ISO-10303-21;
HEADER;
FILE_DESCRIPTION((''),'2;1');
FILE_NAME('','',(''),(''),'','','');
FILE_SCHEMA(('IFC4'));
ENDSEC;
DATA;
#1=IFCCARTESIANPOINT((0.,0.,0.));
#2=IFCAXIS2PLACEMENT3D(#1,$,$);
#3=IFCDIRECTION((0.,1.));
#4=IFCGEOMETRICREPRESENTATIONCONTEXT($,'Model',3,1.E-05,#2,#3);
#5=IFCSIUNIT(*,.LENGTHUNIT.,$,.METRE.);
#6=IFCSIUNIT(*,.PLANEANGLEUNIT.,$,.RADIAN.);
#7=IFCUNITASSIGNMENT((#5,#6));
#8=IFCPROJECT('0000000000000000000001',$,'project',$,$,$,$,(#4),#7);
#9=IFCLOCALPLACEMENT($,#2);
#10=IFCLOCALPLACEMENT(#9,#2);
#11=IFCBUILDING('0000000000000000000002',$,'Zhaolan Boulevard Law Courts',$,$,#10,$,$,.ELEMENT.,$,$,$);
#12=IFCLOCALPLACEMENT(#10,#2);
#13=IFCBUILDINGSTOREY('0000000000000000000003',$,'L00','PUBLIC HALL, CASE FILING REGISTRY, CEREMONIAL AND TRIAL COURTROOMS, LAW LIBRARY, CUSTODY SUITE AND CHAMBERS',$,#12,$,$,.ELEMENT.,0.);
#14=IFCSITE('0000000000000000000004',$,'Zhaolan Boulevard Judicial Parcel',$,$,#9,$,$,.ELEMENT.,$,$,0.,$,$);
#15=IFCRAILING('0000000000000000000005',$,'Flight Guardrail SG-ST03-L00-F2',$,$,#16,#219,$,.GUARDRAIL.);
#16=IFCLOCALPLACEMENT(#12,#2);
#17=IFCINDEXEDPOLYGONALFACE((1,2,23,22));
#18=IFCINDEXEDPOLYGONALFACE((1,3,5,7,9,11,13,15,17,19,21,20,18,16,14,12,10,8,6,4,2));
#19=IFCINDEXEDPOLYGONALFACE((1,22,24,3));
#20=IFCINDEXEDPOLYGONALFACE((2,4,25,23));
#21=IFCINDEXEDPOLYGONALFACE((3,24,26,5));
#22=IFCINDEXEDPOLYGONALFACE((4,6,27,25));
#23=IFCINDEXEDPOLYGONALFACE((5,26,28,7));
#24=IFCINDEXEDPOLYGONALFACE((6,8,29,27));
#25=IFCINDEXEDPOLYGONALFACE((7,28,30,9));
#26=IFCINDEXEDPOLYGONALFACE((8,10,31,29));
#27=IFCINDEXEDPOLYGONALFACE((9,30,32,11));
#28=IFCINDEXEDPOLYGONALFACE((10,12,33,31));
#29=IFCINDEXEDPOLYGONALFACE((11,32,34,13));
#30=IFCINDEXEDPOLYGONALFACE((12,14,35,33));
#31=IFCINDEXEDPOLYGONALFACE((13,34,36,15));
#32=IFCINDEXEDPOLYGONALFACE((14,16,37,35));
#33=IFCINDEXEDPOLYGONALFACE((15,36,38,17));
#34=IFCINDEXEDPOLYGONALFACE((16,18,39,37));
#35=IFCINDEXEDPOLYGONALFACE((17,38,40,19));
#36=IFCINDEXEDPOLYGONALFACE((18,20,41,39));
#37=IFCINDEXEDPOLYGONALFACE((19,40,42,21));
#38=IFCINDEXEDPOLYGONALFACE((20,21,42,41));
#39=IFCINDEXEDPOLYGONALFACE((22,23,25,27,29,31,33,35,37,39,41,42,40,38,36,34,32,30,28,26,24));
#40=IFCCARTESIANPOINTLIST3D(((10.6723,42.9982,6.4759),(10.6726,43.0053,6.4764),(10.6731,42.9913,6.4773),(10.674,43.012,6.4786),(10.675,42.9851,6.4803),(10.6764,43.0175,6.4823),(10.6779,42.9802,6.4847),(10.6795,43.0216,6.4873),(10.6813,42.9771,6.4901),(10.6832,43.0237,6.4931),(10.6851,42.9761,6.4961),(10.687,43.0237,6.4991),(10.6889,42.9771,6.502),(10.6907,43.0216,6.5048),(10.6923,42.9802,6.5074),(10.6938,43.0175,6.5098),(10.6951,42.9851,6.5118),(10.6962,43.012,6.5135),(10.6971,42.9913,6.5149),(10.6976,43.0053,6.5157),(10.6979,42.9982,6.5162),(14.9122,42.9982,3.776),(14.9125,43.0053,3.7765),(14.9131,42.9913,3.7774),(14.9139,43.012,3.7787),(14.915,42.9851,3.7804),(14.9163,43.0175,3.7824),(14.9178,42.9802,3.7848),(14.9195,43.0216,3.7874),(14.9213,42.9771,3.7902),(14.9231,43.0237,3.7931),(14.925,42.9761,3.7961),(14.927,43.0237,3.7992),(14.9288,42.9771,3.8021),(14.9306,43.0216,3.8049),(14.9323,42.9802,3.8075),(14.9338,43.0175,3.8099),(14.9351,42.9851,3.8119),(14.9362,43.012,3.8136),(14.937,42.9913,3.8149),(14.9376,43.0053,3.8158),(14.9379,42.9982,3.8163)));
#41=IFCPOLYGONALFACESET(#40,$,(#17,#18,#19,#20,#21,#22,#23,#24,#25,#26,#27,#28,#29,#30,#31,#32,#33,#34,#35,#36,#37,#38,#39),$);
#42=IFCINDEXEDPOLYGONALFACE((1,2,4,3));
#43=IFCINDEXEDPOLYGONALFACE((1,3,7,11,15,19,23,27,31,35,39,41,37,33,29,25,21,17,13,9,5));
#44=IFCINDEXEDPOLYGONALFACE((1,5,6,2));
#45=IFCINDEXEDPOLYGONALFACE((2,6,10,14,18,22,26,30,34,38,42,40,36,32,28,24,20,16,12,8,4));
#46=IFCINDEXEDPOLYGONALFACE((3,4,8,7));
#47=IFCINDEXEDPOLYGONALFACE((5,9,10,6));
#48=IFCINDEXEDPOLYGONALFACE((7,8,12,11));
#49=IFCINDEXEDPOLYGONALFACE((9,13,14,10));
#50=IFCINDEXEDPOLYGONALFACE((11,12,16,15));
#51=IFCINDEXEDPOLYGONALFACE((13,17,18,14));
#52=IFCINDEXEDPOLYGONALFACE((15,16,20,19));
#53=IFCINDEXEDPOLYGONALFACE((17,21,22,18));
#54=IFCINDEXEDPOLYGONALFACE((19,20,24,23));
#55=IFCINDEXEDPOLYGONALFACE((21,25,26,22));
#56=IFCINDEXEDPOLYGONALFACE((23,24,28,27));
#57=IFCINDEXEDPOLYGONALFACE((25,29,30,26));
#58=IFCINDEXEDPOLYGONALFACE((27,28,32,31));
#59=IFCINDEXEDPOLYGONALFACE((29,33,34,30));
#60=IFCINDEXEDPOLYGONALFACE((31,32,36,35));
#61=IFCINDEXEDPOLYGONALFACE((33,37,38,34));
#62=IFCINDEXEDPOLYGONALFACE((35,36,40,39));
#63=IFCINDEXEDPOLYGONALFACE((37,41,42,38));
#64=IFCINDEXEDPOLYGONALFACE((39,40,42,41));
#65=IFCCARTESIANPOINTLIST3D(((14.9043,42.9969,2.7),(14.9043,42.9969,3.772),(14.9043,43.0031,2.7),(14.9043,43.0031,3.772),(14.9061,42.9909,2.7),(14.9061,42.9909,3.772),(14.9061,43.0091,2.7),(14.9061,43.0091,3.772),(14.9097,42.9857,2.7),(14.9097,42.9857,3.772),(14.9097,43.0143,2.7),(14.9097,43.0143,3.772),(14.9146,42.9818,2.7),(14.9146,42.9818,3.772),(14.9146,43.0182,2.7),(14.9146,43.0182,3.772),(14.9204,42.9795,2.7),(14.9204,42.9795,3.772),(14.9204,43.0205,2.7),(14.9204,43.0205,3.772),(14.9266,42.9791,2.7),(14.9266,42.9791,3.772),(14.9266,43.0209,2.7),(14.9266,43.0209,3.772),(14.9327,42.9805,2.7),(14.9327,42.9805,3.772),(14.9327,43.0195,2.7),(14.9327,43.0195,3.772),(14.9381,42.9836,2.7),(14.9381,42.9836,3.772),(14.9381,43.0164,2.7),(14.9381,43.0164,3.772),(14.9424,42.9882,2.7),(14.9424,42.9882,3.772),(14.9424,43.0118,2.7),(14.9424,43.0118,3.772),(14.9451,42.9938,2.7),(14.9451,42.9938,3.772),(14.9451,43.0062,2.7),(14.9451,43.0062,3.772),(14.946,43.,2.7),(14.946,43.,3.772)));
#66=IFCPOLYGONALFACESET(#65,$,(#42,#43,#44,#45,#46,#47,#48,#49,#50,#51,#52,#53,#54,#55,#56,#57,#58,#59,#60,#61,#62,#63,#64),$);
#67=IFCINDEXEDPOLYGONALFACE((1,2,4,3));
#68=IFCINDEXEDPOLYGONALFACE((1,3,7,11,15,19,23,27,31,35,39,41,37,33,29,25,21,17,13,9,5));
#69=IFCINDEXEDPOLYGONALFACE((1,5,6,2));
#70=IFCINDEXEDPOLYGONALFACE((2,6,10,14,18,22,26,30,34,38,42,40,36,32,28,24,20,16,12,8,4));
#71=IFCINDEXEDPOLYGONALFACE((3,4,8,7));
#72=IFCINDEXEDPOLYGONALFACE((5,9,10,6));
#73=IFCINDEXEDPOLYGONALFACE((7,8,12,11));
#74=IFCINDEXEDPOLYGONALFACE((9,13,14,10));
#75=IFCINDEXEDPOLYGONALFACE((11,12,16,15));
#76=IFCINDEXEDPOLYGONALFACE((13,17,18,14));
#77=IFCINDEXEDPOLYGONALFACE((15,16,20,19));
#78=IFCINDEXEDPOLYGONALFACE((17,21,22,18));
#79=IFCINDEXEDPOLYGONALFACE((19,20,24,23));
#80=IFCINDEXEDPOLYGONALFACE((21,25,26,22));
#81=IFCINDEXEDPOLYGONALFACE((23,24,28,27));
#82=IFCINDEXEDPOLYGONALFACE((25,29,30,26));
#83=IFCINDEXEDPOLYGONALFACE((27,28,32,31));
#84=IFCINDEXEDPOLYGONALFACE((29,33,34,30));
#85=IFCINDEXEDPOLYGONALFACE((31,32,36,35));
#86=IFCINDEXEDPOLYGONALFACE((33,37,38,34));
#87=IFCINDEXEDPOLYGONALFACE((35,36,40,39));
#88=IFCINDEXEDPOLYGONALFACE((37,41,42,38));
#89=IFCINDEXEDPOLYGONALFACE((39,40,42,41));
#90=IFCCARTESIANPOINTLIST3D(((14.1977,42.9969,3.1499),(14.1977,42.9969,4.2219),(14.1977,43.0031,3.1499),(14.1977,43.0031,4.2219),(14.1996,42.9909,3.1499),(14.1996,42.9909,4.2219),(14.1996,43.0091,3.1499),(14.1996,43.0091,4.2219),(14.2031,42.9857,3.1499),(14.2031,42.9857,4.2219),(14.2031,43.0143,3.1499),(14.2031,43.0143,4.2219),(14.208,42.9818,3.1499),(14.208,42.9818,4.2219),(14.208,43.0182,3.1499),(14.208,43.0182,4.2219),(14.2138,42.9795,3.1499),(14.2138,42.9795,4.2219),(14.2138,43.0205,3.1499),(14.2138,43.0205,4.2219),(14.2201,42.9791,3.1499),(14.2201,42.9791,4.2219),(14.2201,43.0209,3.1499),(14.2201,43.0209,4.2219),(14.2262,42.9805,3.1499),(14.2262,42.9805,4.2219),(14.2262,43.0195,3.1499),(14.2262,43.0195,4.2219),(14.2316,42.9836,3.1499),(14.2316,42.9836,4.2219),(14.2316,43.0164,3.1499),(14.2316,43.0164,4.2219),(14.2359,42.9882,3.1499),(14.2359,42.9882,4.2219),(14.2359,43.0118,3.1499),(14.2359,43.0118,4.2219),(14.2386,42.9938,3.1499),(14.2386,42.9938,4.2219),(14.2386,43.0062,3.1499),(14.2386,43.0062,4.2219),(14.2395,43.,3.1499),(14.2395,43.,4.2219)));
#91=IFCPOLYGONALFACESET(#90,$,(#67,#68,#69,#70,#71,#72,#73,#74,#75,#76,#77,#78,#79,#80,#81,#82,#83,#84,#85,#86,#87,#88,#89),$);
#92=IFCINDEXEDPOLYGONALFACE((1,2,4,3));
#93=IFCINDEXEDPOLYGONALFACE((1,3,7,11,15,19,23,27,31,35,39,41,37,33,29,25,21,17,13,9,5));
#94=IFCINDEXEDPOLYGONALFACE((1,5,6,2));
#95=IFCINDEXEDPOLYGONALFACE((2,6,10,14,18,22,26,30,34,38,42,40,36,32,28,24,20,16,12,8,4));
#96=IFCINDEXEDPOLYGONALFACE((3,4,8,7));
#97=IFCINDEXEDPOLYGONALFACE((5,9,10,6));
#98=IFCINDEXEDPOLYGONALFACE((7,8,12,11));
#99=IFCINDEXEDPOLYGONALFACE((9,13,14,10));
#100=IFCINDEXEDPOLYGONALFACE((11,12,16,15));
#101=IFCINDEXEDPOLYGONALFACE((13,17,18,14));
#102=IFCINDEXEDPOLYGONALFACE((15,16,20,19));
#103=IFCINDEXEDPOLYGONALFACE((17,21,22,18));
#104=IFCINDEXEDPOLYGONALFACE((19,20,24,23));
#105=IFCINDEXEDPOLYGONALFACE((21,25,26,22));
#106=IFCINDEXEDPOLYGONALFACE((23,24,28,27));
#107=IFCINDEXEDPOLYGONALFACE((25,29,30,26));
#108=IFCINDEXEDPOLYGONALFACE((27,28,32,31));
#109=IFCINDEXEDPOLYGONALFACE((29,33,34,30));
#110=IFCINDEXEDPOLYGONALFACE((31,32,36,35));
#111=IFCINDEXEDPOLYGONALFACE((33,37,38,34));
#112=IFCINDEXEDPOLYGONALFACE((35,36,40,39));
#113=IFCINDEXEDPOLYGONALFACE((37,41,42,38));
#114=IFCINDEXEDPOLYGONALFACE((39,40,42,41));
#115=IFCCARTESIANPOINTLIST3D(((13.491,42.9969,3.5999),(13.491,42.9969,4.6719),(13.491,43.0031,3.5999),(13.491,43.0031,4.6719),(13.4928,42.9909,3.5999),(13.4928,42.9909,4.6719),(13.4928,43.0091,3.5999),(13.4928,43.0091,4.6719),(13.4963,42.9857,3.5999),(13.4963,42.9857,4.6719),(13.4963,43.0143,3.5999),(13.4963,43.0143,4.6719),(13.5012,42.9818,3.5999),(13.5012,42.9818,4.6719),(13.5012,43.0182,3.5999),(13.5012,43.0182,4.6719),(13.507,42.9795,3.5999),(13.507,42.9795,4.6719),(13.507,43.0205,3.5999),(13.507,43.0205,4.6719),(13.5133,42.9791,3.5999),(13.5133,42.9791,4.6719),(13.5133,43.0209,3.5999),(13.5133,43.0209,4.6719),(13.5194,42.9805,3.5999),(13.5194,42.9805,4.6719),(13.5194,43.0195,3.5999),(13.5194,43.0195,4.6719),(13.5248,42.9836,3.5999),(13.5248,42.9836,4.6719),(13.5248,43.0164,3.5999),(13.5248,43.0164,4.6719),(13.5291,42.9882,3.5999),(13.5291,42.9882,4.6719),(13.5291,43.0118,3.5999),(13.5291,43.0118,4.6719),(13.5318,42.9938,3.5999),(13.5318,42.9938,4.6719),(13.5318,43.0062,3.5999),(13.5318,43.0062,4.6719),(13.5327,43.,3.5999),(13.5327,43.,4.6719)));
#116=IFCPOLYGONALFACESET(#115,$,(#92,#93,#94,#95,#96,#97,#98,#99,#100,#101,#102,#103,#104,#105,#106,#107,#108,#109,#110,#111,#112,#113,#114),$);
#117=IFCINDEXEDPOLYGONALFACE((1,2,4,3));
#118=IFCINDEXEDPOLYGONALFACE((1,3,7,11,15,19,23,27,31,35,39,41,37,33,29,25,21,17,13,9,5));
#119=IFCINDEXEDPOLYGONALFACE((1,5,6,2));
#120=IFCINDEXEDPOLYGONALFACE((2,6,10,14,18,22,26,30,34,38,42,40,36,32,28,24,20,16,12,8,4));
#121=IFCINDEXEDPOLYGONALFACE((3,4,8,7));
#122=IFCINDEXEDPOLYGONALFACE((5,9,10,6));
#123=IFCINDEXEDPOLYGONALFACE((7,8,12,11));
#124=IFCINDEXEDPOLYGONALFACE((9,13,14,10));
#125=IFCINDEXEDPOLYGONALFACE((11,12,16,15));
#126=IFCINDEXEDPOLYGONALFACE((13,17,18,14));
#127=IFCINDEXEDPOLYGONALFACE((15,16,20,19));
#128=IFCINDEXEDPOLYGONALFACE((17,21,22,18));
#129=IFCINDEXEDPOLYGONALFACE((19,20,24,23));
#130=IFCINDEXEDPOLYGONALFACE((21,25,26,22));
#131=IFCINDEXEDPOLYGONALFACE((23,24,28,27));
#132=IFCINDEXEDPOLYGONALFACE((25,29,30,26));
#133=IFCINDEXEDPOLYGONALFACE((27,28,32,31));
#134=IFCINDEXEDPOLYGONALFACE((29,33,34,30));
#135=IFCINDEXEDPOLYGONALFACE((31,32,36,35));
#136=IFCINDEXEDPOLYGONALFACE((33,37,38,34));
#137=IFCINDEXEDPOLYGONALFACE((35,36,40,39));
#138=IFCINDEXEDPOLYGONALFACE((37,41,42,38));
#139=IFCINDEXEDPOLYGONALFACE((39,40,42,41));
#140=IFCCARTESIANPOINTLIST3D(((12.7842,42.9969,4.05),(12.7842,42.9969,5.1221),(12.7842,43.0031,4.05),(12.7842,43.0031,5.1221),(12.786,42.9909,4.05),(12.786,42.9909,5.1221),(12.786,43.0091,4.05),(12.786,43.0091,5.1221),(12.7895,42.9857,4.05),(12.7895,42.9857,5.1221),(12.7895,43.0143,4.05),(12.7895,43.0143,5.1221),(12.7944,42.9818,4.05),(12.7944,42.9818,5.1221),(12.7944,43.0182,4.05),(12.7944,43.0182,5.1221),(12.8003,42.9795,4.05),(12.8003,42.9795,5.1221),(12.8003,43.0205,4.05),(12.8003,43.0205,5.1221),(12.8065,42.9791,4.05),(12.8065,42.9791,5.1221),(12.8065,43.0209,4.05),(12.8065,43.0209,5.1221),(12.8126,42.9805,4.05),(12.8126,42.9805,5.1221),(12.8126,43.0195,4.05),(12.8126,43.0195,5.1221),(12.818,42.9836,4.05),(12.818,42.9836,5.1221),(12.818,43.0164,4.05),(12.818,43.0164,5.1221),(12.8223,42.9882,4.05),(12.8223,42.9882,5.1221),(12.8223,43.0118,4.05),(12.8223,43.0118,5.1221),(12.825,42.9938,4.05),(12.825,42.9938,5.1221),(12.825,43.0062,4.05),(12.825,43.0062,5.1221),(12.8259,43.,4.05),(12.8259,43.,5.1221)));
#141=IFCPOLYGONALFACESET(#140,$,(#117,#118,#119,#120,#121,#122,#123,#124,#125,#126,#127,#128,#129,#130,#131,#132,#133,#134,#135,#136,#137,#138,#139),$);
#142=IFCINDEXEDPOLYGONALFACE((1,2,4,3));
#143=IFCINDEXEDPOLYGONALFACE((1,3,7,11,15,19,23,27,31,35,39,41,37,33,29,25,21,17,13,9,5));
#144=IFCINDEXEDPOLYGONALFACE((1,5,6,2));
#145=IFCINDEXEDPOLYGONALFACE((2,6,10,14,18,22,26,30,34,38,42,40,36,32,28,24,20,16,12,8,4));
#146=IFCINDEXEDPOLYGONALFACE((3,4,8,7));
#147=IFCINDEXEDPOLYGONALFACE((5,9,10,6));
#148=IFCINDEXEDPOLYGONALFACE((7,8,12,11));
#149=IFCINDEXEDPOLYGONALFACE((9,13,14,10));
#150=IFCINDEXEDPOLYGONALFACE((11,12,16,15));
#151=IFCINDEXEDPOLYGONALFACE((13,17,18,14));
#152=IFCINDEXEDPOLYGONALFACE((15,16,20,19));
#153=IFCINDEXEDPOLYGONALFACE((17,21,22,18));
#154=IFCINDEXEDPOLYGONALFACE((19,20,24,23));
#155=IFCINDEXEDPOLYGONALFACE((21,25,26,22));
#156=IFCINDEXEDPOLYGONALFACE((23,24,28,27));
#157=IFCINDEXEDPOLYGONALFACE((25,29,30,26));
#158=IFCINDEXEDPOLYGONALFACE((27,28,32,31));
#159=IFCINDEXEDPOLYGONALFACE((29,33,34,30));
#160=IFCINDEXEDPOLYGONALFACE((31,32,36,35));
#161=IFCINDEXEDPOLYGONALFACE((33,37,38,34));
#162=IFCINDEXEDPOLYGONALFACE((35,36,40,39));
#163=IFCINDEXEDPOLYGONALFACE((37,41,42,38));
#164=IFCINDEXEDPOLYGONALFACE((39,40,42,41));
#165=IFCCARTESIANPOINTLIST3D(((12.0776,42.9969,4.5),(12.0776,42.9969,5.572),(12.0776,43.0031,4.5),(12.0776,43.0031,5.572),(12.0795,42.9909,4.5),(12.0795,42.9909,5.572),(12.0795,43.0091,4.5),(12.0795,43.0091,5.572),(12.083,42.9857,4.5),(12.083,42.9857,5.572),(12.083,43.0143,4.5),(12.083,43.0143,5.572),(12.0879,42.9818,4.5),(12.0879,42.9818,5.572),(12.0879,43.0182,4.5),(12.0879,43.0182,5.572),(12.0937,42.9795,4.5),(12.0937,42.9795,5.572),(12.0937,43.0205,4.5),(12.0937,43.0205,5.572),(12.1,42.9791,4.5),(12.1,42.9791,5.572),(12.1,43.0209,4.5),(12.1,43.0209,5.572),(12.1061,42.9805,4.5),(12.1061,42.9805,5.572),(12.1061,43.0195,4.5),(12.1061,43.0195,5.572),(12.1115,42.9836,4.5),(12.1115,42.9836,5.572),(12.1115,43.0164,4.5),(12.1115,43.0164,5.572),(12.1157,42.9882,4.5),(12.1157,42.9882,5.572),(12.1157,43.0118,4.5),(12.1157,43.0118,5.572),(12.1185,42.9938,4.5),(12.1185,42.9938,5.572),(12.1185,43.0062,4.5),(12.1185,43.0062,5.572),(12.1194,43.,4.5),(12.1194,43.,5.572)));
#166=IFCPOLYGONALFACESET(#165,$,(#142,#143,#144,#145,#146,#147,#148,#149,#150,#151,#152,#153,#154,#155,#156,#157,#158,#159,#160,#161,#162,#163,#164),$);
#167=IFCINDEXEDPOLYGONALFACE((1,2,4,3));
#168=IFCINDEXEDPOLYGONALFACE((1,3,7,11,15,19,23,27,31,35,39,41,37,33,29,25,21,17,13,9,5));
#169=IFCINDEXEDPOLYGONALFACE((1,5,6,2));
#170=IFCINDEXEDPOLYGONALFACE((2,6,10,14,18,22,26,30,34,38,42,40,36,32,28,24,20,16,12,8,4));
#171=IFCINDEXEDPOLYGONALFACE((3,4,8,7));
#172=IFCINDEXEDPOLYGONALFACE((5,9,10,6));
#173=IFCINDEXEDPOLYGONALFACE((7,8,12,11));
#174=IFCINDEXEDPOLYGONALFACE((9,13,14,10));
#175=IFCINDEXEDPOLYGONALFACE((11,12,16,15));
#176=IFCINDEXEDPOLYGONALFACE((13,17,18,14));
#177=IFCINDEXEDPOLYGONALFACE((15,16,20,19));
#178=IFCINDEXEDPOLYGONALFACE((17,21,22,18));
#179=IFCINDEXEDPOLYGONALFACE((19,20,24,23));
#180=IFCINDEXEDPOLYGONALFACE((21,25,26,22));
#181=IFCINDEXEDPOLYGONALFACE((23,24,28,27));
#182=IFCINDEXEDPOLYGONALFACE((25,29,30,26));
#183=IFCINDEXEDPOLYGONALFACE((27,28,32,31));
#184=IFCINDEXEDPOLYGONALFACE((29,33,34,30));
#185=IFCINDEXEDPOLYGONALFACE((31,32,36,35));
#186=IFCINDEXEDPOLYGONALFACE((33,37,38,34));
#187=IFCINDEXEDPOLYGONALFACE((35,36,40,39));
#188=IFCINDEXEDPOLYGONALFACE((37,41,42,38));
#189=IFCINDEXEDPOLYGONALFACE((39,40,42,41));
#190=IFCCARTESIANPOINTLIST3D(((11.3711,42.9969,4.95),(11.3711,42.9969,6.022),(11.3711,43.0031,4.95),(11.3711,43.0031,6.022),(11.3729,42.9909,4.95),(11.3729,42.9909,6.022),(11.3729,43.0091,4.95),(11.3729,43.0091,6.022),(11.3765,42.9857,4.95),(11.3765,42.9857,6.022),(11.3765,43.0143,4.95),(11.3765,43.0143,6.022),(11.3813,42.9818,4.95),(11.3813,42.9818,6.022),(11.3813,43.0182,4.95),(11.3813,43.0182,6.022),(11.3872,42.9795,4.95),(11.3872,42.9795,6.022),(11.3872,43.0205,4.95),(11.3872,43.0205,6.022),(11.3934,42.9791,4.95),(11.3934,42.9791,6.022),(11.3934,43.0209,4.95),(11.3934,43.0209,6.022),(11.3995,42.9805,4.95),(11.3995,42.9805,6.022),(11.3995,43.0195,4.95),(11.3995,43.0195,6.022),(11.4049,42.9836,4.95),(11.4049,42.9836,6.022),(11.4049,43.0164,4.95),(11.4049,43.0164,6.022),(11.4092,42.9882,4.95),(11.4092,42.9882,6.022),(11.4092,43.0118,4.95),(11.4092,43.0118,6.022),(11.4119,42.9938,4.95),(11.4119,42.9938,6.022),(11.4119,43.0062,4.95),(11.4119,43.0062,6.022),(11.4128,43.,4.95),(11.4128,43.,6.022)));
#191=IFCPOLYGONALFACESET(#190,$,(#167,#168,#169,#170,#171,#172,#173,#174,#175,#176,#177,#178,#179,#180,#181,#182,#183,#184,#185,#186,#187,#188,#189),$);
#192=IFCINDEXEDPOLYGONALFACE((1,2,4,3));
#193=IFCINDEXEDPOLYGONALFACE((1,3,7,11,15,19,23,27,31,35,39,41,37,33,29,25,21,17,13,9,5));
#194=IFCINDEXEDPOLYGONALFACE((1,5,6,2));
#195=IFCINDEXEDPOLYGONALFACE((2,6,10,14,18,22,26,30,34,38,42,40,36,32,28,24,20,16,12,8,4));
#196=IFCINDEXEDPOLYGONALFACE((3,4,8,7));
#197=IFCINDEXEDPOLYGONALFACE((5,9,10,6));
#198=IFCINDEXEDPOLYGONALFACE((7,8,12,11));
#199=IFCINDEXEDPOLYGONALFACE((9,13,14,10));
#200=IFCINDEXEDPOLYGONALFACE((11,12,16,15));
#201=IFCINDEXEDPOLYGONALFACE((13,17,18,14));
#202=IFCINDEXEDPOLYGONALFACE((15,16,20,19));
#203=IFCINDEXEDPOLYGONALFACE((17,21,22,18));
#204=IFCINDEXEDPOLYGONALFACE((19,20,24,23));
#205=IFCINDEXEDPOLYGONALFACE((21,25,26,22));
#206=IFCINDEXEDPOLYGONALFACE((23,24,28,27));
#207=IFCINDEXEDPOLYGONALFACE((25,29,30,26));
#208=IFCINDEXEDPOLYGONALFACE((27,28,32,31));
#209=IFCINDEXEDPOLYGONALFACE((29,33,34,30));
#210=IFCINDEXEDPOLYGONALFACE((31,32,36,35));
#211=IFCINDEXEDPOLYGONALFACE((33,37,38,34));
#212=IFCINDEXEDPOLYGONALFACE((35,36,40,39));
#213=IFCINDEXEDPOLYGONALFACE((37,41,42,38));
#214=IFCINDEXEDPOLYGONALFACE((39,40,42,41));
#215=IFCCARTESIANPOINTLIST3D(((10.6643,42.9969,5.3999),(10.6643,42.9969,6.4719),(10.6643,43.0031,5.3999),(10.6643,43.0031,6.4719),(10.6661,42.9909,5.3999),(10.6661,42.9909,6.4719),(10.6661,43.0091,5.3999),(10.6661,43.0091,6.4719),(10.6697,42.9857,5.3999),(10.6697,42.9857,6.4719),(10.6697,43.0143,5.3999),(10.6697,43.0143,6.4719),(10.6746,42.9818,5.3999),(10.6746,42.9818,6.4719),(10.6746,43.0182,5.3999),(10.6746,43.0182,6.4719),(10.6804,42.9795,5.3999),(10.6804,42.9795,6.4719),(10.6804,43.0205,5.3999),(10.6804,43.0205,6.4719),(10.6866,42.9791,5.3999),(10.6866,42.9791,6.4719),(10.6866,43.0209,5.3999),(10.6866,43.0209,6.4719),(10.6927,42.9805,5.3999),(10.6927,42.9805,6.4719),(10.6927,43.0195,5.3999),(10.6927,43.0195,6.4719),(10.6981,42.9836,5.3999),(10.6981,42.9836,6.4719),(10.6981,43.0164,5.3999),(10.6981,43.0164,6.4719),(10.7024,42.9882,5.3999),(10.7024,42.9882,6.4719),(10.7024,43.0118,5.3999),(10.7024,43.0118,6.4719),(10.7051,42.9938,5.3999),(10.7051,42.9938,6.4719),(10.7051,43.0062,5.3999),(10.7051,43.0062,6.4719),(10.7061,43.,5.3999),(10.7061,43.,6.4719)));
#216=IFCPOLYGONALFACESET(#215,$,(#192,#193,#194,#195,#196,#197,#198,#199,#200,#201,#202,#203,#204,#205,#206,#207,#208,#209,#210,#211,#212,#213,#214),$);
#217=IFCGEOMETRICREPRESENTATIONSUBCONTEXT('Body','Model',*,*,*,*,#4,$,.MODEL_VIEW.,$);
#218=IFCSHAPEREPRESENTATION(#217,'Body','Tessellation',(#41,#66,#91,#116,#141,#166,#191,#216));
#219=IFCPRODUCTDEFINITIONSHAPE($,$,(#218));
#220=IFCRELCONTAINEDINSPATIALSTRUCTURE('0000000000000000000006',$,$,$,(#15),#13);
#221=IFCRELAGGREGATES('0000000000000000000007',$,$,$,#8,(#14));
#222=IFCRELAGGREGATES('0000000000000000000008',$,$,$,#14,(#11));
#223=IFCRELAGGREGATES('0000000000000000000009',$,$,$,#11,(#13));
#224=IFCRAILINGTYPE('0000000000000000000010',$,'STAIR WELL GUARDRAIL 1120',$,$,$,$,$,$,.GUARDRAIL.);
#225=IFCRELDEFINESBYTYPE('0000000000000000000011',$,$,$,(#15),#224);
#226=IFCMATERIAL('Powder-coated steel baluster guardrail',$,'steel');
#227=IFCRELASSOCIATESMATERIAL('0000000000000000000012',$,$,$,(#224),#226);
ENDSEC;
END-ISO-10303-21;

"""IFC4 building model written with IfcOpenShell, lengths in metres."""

from ifc_helpers import new_model, si_unit, direction, frame, origin, origin_2d, place, context, subcontext, project, spatial, circle, extrude, material, type_object, element, save


model = new_model("IFC4")

# Units and contexts
model_context = context("Model", 3, precision=1e-05, world=origin(), true_north=direction((0.0, 1.0)))
body_context = subcontext(model_context, "Body", "Model", "MODEL_VIEW")
ifc_project = project(units=[si_unit("LENGTHUNIT", "METRE"), si_unit("PLANEANGLEUNIT", "RADIAN")], contexts=[model_context])

# Site, building, storey
site_placement = place(None, origin())
site = spatial("IfcSite", under=ifc_project, at=site_placement, Name="Zhaolan Boulevard Judicial Parcel", CompositionType="ELEMENT", RefElevation=0.0)
building_placement = place(site_placement, origin())
building = spatial("IfcBuilding", under=site, at=building_placement, Name="Zhaolan Boulevard Law Courts", CompositionType="ELEMENT")
storey_placement = place(building_placement, origin())
storey = spatial("IfcBuildingStorey", under=building, at=storey_placement, Name="L00", Description="PUBLIC HALL, CASE FILING REGISTRY, CEREMONIAL AND TRIAL COURTROOMS, LAW LIBRARY, CUSTODY SUITE AND CHAMBERS", CompositionType="ELEMENT", Elevation=0.0)

# Railing
ifc_material_1 = material(Name="Powder-coated steel baluster guardrail", Category="steel")
railing_type_1 = type_object("IfcRailingType", Name="STAIR WELL GUARDRAIL 1120", PredefinedType="GUARDRAIL", material=ifc_material_1)
railing_1_placement = place(storey_placement, frame((14.925, 43.0, 2.7)))
element("IfcRailing", 1, at=railing_1_placement, inside=storey, type_object=railing_type_1, Name="Flight Guardrail SG-ST03-L00-F2", PredefinedType="GUARDRAIL", context=body_context, shape_type="SweptSolid", body=[
    extrude(circle(Radius=0.0239, at=origin_2d()), frame((0.0, 0.0, 1.0962), z_axis=(-0.843501, 0.0, 0.537127), x_axis=(0.0, -1.0, 0.0)), (0.0, 0.0, 1.0), 5.0266),
    extrude(circle(Radius=0.021, at=origin_2d()), origin(), (0.0, 0.0, 1.0), 1.072),
    extrude(circle(Radius=0.021, at=origin_2d()), frame((-0.7065, 0.0, 0.45)), (0.0, 0.0, 1.0), 1.072),
    extrude(circle(Radius=0.021, at=origin_2d()), frame((-1.4133, 0.0, 0.8999)), (0.0, 0.0, 1.0), 1.072),
    extrude(circle(Radius=0.021, at=origin_2d()), frame((-2.1201, 0.0, 1.3501)), (0.0, 0.0, 1.0), 1.072),
    extrude(circle(Radius=0.021, at=origin_2d()), frame((-2.8267, 0.0, 1.8)), (0.0, 0.0, 1.0), 1.072),
    extrude(circle(Radius=0.021, at=origin_2d()), frame((-3.5332, 0.0, 2.25)), (0.0, 0.0, 1.0), 1.072),
    extrude(circle(Radius=0.021, at=origin_2d()), frame((-4.24, 0.0, 2.7)), (0.0, 0.0, 1.0), 1.072),
])

save(model, "model.ifc")
